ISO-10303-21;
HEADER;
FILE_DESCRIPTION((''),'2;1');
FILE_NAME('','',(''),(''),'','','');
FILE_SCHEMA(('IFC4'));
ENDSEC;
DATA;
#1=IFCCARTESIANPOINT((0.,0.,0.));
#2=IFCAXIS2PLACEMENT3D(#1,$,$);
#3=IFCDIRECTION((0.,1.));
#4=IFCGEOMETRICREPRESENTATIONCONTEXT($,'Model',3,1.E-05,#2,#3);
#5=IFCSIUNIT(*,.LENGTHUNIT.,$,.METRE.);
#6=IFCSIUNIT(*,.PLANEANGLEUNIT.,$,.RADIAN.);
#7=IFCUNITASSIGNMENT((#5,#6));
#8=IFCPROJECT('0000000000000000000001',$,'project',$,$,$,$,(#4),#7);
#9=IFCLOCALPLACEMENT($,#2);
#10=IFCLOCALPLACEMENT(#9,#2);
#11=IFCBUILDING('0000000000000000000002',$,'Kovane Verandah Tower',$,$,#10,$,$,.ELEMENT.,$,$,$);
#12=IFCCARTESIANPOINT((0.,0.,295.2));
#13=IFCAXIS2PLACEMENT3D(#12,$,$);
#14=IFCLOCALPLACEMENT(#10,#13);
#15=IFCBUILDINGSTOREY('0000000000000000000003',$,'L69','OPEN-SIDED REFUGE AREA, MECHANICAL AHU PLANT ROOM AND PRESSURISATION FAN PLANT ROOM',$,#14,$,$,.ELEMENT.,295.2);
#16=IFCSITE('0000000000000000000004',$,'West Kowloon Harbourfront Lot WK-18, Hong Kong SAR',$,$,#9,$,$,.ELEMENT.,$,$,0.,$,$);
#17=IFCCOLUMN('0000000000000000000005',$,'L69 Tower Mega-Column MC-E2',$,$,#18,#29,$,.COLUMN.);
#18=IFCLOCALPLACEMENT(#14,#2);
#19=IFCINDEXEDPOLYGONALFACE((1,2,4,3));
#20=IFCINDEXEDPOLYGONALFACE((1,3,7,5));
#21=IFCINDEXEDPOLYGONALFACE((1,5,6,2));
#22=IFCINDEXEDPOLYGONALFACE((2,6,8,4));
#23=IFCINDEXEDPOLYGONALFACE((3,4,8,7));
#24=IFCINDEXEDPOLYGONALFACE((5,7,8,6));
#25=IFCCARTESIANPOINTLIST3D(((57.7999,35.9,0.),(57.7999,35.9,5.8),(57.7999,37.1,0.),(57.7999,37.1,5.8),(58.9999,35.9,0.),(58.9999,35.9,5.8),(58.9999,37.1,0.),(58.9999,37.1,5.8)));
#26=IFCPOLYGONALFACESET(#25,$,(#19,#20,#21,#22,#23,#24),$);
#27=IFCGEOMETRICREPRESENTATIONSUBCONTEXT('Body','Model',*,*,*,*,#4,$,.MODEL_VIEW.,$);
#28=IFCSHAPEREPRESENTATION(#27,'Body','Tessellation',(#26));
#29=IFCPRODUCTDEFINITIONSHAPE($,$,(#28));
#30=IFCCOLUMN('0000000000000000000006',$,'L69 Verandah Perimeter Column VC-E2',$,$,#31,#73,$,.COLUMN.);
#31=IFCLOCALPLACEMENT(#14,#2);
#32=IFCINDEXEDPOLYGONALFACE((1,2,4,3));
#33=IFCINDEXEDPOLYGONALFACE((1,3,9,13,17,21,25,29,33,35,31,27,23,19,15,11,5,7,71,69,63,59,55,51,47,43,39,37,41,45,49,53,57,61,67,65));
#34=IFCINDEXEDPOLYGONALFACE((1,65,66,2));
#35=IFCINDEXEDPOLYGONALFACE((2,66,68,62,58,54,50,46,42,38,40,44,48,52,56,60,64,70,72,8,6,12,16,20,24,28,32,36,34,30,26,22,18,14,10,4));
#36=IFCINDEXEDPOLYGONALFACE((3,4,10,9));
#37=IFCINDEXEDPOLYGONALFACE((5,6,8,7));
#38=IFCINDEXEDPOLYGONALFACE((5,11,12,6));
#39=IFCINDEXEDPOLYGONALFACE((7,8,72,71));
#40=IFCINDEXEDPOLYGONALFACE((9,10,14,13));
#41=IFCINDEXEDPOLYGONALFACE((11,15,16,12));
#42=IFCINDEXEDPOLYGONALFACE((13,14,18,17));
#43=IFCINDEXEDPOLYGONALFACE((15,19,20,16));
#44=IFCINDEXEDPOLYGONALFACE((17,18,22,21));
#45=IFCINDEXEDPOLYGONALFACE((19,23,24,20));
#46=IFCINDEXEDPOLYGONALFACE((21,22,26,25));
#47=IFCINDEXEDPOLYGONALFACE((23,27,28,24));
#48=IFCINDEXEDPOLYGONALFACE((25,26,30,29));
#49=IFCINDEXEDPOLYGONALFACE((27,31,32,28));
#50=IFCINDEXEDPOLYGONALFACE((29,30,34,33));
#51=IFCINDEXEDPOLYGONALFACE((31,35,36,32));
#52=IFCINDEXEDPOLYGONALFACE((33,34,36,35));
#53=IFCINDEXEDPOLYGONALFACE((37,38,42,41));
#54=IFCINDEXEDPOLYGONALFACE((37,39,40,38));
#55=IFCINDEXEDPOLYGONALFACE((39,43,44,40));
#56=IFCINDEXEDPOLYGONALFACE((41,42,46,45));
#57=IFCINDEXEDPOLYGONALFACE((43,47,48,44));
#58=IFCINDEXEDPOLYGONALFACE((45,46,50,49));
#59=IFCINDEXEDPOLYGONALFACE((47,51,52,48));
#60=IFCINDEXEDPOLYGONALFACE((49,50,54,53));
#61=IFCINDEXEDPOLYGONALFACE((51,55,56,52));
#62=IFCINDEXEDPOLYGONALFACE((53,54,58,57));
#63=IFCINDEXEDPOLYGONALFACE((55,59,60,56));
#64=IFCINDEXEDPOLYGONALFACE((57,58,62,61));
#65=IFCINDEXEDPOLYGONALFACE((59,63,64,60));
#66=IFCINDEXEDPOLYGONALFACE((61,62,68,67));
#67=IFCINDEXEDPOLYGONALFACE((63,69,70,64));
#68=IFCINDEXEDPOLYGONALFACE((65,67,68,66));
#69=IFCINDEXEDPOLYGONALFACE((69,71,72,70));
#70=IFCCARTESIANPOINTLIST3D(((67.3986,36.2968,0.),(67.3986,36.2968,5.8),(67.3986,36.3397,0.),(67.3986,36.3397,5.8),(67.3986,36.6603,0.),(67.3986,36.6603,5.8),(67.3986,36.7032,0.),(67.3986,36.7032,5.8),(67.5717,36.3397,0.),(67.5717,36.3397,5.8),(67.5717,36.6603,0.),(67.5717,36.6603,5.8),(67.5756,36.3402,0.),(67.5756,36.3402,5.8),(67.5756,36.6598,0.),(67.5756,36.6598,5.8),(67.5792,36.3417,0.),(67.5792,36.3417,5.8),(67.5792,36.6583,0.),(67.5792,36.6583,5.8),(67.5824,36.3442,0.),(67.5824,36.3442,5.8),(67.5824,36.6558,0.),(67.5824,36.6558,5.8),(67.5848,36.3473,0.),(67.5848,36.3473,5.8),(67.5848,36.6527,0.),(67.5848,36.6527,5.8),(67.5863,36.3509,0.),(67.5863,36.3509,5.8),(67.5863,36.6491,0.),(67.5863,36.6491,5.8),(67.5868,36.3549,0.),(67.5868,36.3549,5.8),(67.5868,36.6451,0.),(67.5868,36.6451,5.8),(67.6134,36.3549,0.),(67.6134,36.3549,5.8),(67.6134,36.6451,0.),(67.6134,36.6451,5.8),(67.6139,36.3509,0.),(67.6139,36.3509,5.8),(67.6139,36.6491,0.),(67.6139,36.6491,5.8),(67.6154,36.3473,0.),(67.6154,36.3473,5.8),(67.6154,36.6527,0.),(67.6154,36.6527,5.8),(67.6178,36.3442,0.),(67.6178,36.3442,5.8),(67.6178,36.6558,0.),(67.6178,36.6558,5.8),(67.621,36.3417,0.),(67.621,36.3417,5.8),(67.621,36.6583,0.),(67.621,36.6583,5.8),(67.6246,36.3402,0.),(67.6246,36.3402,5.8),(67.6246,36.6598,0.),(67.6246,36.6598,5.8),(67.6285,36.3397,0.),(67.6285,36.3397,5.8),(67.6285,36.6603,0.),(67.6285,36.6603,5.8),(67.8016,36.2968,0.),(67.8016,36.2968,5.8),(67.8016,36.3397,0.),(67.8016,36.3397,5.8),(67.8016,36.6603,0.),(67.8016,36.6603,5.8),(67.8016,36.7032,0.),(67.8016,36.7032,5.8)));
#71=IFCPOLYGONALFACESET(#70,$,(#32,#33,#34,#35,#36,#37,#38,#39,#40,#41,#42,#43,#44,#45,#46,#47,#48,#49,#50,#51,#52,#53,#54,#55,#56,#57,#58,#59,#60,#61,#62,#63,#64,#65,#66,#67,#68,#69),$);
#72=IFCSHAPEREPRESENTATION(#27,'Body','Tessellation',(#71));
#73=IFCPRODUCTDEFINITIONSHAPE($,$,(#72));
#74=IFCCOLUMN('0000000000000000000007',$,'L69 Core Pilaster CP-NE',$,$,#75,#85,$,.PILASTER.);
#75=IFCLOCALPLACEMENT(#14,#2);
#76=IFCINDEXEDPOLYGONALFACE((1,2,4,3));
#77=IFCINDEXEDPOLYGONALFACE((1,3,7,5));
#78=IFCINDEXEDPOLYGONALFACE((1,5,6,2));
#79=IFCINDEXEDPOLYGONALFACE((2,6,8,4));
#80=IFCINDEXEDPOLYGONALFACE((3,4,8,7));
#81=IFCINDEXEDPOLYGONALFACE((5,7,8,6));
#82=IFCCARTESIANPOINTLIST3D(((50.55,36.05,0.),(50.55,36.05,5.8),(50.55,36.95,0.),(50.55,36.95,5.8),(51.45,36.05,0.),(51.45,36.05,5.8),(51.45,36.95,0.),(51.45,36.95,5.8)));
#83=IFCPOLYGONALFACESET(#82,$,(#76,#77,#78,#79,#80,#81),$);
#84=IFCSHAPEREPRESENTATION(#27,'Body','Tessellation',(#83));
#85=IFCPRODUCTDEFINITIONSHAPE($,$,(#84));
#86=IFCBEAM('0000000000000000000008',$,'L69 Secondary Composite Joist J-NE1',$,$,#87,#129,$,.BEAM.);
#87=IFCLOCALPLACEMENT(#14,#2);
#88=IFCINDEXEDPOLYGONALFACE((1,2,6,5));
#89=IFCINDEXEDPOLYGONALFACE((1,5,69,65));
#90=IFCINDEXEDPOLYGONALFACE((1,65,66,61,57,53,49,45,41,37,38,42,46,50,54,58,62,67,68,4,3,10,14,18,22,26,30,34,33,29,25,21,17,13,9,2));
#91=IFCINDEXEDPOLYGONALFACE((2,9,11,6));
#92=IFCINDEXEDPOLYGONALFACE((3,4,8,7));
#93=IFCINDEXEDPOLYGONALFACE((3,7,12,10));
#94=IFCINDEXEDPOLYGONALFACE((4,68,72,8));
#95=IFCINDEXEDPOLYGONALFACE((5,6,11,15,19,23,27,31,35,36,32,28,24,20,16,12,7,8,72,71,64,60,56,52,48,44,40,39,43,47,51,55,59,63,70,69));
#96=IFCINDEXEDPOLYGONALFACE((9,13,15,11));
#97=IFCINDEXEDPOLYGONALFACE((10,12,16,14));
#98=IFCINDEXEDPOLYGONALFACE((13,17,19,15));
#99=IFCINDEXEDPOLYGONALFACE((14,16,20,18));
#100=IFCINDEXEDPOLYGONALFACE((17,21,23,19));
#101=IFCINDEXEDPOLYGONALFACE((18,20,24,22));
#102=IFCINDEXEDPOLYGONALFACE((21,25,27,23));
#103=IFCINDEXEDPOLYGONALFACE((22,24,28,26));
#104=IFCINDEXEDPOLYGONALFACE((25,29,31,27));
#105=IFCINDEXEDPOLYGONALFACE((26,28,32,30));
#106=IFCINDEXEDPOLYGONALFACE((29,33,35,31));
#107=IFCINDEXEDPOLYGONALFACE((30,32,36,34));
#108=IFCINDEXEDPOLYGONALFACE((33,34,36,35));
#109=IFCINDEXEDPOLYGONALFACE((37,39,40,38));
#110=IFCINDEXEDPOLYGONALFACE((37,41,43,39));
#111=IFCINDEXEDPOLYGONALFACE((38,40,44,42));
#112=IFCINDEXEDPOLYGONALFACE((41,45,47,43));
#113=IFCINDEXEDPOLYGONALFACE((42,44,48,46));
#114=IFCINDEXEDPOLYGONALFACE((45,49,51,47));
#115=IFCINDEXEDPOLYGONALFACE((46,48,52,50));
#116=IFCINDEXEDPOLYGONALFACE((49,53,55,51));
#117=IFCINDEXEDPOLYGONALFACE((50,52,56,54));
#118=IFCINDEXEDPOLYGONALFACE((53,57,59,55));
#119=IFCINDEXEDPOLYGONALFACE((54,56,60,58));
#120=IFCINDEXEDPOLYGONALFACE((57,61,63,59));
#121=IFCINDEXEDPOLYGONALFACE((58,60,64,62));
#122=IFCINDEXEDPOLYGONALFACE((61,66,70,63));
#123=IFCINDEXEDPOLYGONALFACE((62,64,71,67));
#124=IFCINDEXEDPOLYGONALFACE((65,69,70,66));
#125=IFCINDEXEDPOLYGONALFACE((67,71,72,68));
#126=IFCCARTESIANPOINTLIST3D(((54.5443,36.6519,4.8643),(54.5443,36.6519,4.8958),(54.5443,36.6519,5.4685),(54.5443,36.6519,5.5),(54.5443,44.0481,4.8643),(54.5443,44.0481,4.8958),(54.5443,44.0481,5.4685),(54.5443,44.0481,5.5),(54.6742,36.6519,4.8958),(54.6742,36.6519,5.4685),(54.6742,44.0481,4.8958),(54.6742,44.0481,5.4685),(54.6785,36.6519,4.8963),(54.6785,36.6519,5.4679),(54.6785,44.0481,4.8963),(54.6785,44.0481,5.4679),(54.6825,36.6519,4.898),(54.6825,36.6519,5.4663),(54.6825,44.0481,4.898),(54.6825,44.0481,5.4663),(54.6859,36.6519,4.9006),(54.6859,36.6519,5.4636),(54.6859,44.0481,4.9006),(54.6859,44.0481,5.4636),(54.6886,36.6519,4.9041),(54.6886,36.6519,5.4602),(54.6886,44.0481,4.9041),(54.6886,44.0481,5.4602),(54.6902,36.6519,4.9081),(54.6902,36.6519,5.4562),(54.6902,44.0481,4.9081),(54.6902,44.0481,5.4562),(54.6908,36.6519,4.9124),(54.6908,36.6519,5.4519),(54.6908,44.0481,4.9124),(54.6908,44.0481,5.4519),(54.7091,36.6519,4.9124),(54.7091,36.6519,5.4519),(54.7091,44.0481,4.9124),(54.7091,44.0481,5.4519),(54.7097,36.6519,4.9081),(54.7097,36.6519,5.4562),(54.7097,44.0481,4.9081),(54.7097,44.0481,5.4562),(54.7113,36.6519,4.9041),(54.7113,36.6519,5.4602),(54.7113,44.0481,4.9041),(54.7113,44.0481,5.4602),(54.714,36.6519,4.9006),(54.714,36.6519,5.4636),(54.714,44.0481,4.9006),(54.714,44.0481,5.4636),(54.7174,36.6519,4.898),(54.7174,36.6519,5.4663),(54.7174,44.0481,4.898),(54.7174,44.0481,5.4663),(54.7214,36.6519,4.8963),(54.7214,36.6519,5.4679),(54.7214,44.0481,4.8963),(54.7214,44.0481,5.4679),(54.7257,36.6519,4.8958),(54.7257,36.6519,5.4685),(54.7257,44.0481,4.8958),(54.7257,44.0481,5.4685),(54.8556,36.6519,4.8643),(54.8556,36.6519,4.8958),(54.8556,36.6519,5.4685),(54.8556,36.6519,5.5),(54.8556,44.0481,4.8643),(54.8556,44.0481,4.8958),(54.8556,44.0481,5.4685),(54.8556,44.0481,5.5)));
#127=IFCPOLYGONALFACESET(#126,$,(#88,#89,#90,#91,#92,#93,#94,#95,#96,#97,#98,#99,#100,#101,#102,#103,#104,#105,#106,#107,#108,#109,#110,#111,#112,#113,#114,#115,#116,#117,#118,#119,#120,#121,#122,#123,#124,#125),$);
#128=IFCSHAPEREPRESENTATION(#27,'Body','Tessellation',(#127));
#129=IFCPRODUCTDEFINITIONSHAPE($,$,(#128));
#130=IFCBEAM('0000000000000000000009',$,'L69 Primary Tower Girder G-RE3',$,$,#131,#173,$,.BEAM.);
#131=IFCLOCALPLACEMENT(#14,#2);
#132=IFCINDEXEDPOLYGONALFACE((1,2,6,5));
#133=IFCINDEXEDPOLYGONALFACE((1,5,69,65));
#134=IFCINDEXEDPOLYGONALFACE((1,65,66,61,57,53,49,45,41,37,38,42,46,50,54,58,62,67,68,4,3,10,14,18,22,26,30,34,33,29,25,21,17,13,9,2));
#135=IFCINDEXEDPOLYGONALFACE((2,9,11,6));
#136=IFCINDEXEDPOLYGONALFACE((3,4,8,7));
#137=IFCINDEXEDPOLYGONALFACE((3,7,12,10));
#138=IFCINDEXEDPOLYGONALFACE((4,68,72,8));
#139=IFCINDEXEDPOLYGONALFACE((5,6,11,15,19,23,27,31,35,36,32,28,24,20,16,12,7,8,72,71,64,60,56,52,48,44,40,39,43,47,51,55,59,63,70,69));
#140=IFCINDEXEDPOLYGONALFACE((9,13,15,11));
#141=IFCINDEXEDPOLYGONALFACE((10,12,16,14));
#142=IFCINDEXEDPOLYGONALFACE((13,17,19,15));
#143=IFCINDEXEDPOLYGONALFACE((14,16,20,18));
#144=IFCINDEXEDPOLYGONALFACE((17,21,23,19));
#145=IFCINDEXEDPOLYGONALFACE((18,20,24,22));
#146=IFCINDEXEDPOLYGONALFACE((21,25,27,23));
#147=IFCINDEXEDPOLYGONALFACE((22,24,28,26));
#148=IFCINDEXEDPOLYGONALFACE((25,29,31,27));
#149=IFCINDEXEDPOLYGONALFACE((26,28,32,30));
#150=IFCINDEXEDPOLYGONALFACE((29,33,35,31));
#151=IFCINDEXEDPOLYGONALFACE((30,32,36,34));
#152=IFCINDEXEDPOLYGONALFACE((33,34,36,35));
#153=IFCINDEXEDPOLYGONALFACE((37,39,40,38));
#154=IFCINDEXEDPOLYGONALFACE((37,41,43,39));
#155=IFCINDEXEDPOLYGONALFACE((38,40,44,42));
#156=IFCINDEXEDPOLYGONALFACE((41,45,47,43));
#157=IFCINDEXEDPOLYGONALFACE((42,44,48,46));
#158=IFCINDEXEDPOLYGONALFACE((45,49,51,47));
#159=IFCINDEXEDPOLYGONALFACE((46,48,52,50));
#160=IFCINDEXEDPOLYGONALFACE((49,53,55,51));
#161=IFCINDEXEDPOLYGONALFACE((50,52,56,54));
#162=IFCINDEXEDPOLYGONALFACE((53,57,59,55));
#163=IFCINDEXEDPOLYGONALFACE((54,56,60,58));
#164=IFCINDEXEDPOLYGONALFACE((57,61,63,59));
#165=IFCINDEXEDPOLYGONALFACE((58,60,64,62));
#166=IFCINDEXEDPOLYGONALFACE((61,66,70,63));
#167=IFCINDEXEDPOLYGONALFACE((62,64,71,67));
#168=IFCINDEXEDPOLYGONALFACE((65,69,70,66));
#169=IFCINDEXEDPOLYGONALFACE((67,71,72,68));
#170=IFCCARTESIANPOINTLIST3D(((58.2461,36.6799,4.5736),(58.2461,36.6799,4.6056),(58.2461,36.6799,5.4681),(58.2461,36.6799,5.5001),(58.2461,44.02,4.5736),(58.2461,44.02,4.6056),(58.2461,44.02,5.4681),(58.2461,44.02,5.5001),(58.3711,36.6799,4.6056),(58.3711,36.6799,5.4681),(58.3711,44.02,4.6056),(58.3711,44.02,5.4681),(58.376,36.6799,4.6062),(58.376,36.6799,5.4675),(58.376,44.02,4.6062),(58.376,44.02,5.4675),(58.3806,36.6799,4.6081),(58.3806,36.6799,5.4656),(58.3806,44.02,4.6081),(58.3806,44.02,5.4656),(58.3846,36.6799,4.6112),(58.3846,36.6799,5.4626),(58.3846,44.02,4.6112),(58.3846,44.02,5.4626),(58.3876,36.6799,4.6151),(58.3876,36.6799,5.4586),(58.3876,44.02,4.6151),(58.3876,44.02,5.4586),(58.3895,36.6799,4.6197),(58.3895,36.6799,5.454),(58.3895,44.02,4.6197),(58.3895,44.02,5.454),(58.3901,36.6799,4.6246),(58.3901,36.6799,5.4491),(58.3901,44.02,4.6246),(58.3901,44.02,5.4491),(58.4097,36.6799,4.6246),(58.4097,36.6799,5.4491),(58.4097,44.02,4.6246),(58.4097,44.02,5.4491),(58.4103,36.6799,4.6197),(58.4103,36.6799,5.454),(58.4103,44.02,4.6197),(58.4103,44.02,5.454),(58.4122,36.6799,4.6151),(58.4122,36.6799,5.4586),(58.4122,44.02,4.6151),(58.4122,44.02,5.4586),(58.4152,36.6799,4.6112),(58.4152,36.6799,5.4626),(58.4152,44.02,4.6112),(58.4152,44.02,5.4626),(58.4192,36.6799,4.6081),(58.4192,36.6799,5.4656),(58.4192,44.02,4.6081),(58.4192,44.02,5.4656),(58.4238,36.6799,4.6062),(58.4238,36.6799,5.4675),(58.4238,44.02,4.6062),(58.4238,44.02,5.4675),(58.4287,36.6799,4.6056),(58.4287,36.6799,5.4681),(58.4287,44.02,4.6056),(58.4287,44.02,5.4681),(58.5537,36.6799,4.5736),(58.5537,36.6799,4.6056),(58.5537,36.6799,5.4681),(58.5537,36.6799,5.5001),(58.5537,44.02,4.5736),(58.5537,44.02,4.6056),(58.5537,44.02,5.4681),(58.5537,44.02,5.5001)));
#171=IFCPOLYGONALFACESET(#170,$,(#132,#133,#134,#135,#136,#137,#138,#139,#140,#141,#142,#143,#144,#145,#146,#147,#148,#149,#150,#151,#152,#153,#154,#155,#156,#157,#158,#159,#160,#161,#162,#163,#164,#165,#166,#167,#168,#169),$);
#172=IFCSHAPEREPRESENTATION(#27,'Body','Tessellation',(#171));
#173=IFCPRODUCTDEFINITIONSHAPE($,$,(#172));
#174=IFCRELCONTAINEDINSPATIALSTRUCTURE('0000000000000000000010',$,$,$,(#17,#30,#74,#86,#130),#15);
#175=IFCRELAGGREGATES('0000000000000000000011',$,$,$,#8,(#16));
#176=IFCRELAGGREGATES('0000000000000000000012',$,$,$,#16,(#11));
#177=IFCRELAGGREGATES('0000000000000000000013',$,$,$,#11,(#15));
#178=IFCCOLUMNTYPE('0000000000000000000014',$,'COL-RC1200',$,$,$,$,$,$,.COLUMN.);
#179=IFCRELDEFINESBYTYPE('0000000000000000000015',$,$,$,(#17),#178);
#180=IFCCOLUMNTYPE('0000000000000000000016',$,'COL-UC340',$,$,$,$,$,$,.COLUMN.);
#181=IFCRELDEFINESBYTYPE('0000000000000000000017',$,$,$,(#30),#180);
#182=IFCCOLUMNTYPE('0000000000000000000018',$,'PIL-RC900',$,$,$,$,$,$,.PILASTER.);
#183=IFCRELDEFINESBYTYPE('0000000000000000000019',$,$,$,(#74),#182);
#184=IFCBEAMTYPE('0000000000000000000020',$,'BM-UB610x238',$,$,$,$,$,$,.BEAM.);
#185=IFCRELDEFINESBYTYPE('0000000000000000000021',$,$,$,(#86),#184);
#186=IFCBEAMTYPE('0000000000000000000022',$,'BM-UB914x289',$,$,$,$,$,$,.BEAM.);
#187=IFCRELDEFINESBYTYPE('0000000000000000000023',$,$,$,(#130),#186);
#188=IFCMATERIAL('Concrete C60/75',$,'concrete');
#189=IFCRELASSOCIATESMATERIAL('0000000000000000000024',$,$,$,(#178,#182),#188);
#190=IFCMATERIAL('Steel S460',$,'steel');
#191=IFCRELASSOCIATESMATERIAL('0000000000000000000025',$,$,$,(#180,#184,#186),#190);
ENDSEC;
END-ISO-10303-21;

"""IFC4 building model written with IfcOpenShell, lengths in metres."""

from ifc_helpers import new_model, si_unit, direction, frame, origin, origin_2d, place, context, subcontext, project, spatial, rectangle, i_section, extrude, material, material_profile, profile_set, type_object, element, save


model = new_model("IFC4")

# Units and contexts
model_context = context("Model", 3, precision=1e-05, world=origin(), true_north=direction((0.0, 1.0)))
body_context = subcontext(model_context, "Body", "Model", "MODEL_VIEW")
ifc_project = project(units=[si_unit("LENGTHUNIT", "METRE"), si_unit("PLANEANGLEUNIT", "RADIAN")], contexts=[model_context])

# Site, building, storey
site_placement = place(None, origin())
site = spatial("IfcSite", under=ifc_project, at=site_placement, Name="West Kowloon Harbourfront Lot WK-18, Hong Kong SAR", CompositionType="ELEMENT", RefElevation=0.0)
building_placement = place(site_placement, origin())
building = spatial("IfcBuilding", under=site, at=building_placement, Name="Kovane Verandah Tower", CompositionType="ELEMENT")
storey_placement = place(building_placement, frame((0.0, 0.0, 295.2)))
storey = spatial("IfcBuildingStorey", under=building, at=storey_placement, Name="L69", Description="OPEN-SIDED REFUGE AREA, MECHANICAL AHU PLANT ROOM AND PRESSURISATION FAN PLANT ROOM", CompositionType="ELEMENT", Elevation=295.2)

# Columns
ifc_material_1 = material(Name="Concrete C60/75", Category="concrete")
ifc_material_profile_1 = material_profile(ifc_material_1, rectangle(XDim=1.2, YDim=1.2, at=origin_2d()), Name="RC1200x1200")
ifc_profile_set_1 = profile_set([ifc_material_profile_1], Name="Concrete C60/75")
column_type_1 = type_object("IfcColumnType", Name="COL-RC1200", PredefinedType="COLUMN", material=ifc_profile_set_1)
column_1_placement = place(storey_placement, frame((58.3999, 36.5, 0.0), z_axis=(0.0, 0.0, 1.0), x_axis=(1.0, 0.0, 0.0)))
element("IfcColumn", 1, at=column_1_placement, inside=storey, type_object=column_type_1, Name="L69 Tower Mega-Column MC-E2", PredefinedType="COLUMN", context=body_context, shape_type="SweptSolid", body=[
    extrude(rectangle(XDim=1.2, YDim=1.2, at=origin_2d()), origin(), (0.0, 0.0, 1.0), 5.8),
])
ifc_material_2 = material(Name="Steel S460", Category="steel")
ifc_material_profile_2 = material_profile(ifc_material_2, i_section(OverallWidth=0.4031, OverallDepth=0.4065, WebThickness=0.0266, FlangeThickness=0.043, FilletRadius=0.0151, at=origin_2d()), Name="UC356x406x340")
ifc_profile_set_2 = profile_set([ifc_material_profile_2], Name="Steel S460")
column_type_2 = type_object("IfcColumnType", Name="COL-UC340", PredefinedType="COLUMN", material=ifc_profile_set_2)
column_2_placement = place(storey_placement, frame((67.6001, 36.5, 0.0), z_axis=(0.0, 0.0, 1.0), x_axis=(1.0, 0.0, 0.0)))
element("IfcColumn", 2, at=column_2_placement, inside=storey, type_object=column_type_2, Name="L69 Verandah Perimeter Column VC-E2", PredefinedType="COLUMN", context=body_context, shape_type="SweptSolid", body=[
    extrude(i_section(OverallWidth=0.4031, OverallDepth=0.4065, WebThickness=0.0266, FlangeThickness=0.043, FilletRadius=0.0151, at=origin_2d()), origin(), (0.0, 0.0, 1.0), 5.8),
])
ifc_material_profile_3 = material_profile(ifc_material_1, rectangle(XDim=0.8999, YDim=0.8999, at=origin_2d()), Name="RC900x900")
ifc_profile_set_3 = profile_set([ifc_material_profile_3], Name="Concrete C60/75")
column_type_3 = type_object("IfcColumnType", Name="PIL-RC900", PredefinedType="PILASTER", material=ifc_profile_set_3)
column_3_placement = place(storey_placement, frame((51.0, 36.5, 0.0), z_axis=(0.0, 0.0, 1.0), x_axis=(1.0, 0.0, 0.0)))
element("IfcColumn", 3, at=column_3_placement, inside=storey, type_object=column_type_3, Name="L69 Core Pilaster CP-NE", PredefinedType="PILASTER", context=body_context, shape_type="SweptSolid", body=[
    extrude(rectangle(XDim=0.8999, YDim=0.8999, at=origin_2d()), origin(), (0.0, 0.0, 1.0), 5.8),
])

# Beams
ifc_material_profile_4 = material_profile(ifc_material_2, i_section(OverallWidth=0.3113, OverallDepth=0.6357, WebThickness=0.0183, FlangeThickness=0.0315, FilletRadius=0.0166, at=origin_2d()), Name="UB610x305x238")
ifc_profile_set_4 = profile_set([ifc_material_profile_4], Name="Steel S460")
beam_type_1 = type_object("IfcBeamType", Name="BM-UB610x238", PredefinedType="BEAM", material=ifc_profile_set_4)
beam_1_placement = place(storey_placement, frame((54.7, 36.6519, 5.1821), z_axis=(0.0, 1.0, 0.0), x_axis=(-1.0, 0.0, 0.0)))
element("IfcBeam", 4, at=beam_1_placement, inside=storey, type_object=beam_type_1, Name="L69 Secondary Composite Joist J-NE1", PredefinedType="BEAM", context=body_context, shape_type="SweptSolid", body=[
    extrude(i_section(OverallWidth=0.3113, OverallDepth=0.6357, WebThickness=0.0183, FlangeThickness=0.0315, FilletRadius=0.0166, at=origin_2d()), origin(), (0.0, 0.0, 1.0), 7.3962),
])
ifc_material_profile_5 = material_profile(ifc_material_2, i_section(OverallWidth=0.3076, OverallDepth=0.9265, WebThickness=0.0195, FlangeThickness=0.032, FilletRadius=0.019, at=origin_2d()), Name="UB914x305x289")
ifc_profile_set_5 = profile_set([ifc_material_profile_5], Name="Steel S460")
beam_type_2 = type_object("IfcBeamType", Name="BM-UB914x289", PredefinedType="BEAM", material=ifc_profile_set_5)
beam_2_placement = place(storey_placement, frame((58.3999, 36.6799, 5.0369), z_axis=(0.0, 1.0, 0.0), x_axis=(-1.0, 0.0, 0.0)))
element("IfcBeam", 5, at=beam_2_placement, inside=storey, type_object=beam_type_2, Name="L69 Primary Tower Girder G-RE3", PredefinedType="BEAM", context=body_context, shape_type="SweptSolid", body=[
    extrude(i_section(OverallWidth=0.3076, OverallDepth=0.9265, WebThickness=0.0195, FlangeThickness=0.032, FilletRadius=0.019, at=origin_2d()), origin(), (0.0, 0.0, 1.0), 7.3401),
])

save(model, "model.ifc")
